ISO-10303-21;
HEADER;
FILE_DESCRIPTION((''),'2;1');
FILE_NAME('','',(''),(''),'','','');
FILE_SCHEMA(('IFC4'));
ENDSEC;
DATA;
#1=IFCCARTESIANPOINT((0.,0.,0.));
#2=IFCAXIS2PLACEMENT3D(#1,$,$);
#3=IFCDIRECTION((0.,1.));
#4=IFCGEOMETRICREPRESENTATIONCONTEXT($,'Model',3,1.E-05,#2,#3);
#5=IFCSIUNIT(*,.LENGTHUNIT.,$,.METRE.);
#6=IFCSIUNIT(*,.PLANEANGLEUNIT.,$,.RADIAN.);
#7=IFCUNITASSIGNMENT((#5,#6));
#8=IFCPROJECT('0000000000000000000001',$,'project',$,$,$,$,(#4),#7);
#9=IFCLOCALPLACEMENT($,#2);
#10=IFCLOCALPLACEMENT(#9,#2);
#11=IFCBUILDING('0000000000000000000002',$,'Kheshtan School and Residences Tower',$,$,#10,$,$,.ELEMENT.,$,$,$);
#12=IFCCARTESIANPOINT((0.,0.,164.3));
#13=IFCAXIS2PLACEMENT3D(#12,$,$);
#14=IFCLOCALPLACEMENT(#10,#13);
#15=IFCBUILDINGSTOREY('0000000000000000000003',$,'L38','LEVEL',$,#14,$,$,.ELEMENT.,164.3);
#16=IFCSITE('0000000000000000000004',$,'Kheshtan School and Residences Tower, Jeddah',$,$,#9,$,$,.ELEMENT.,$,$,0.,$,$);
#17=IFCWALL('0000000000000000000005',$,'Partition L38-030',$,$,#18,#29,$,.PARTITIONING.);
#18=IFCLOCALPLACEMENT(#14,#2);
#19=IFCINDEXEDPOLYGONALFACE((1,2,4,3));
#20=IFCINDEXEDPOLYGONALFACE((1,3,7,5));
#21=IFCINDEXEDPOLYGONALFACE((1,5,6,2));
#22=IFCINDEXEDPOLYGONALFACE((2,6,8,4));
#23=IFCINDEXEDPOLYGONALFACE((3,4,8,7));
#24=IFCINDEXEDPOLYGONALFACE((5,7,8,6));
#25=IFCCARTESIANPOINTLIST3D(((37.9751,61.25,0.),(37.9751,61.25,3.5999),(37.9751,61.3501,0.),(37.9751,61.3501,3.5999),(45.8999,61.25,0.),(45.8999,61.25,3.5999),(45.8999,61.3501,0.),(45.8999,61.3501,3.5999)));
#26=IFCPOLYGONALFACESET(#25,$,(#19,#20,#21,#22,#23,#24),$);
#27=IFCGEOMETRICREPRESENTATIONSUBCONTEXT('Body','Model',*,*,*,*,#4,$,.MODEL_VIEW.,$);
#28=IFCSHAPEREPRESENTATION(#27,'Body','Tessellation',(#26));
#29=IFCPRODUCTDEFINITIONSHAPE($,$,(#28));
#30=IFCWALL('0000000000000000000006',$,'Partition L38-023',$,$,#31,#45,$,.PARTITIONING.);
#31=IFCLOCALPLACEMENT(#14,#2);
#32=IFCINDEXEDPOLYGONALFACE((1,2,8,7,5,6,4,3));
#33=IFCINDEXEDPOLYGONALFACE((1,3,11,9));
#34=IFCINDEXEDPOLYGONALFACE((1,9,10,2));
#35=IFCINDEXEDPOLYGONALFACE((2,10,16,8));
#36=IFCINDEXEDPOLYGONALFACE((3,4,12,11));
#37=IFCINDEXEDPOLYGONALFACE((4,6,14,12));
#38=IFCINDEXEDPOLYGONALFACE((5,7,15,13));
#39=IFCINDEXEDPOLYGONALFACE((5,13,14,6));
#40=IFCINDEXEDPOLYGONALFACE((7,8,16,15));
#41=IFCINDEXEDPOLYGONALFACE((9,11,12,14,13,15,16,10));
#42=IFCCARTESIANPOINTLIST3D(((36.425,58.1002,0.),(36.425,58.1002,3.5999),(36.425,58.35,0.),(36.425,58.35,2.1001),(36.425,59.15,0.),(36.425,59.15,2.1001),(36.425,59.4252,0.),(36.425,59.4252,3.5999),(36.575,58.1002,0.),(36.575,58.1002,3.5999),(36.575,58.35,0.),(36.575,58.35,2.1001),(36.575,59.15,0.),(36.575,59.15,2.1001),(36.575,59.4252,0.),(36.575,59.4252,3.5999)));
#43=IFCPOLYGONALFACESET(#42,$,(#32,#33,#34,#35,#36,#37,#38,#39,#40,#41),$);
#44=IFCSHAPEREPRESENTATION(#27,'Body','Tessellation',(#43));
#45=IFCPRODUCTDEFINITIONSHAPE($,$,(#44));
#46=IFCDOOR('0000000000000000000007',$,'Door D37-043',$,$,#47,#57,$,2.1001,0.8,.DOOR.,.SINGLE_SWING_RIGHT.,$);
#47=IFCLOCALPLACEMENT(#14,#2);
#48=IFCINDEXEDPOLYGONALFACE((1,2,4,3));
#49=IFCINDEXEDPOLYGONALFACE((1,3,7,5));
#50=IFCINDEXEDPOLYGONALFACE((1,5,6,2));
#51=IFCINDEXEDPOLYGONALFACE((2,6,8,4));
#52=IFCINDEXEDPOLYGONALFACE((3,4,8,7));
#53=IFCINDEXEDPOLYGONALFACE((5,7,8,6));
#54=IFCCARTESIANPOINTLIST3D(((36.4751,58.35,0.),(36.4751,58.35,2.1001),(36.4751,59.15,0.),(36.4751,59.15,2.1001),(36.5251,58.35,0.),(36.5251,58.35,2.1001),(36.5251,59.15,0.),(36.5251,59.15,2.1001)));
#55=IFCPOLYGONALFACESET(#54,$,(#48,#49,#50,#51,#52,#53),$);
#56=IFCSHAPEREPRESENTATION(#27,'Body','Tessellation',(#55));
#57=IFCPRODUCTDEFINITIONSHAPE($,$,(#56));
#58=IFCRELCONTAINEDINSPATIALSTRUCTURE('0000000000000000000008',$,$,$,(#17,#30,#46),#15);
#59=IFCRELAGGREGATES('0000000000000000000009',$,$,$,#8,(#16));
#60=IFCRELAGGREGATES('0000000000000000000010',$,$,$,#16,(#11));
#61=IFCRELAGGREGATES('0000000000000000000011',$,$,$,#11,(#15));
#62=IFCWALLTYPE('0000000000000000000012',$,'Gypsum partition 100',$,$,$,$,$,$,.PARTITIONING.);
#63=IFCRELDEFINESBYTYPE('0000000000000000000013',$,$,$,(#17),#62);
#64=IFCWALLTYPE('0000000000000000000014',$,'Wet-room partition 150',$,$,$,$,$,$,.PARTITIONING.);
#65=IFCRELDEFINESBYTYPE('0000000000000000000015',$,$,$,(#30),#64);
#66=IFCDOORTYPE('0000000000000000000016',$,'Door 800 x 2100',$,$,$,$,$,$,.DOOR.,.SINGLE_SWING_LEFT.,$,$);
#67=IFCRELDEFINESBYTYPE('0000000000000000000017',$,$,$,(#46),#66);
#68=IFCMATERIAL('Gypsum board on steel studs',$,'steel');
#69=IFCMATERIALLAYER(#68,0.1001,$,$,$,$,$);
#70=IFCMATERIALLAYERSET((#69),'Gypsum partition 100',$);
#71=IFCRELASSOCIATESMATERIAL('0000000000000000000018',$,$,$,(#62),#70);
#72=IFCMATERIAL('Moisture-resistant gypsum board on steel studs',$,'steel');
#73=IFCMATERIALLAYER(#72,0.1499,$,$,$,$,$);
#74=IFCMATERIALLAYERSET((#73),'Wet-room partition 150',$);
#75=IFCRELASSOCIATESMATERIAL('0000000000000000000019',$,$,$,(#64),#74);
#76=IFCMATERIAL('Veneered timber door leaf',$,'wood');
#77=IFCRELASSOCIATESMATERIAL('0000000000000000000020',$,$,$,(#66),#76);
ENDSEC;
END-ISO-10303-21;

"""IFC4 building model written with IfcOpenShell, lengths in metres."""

from ifc_helpers import new_model, si_unit, direction, frame, frame_2d, origin, place, context, subcontext, project, spatial, rectangle, extrude, source, transform, mapped, material, layer, layer_set, type_object, element, fill, save


model = new_model("IFC4")

# Units and contexts
model_context = context("Model", 3, precision=1e-05, world=origin(), true_north=direction((0.0, 1.0)))
body_context = subcontext(model_context, "Body", "Model", "MODEL_VIEW")
ifc_project = project(units=[si_unit("LENGTHUNIT", "METRE"), si_unit("PLANEANGLEUNIT", "RADIAN")], contexts=[model_context])

# Site, building, storey
site_placement = place(None, origin())
site = spatial("IfcSite", under=ifc_project, at=site_placement, Name="Kheshtan School and Residences Tower, Jeddah", CompositionType="ELEMENT", RefElevation=0.0)
building_placement = place(site_placement, origin())
building = spatial("IfcBuilding", under=site, at=building_placement, Name="Kheshtan School and Residences Tower", CompositionType="ELEMENT")
storey_placement = place(building_placement, frame((0.0, 0.0, 164.3)))
storey = spatial("IfcBuildingStorey", under=building, at=storey_placement, Name="L38", Description="LEVEL", CompositionType="ELEMENT", Elevation=164.3)

# Wall
ifc_material_1 = material(Name="Gypsum board on steel studs", Category="steel")
ifc_layer_1 = layer(ifc_material_1, 0.1001)
ifc_layer_set_1 = layer_set([ifc_layer_1], Name="Gypsum partition 100")
wall_type_1 = type_object("IfcWallType", Name="Gypsum partition 100", PredefinedType="PARTITIONING", material=ifc_layer_set_1)
wall_1_placement = place(storey_placement, frame((37.9751, 61.3, 0.0), z_axis=(0.0, 0.0, 1.0), x_axis=(1.0, 0.0, 0.0)))
element("IfcWall", 1, at=wall_1_placement, inside=storey, type_object=wall_type_1, Name="Partition L38-030", PredefinedType="PARTITIONING", context=body_context, shape_type="SweptSolid", body=[
    extrude(rectangle(XDim=7.9248, YDim=0.1001, at=frame_2d((3.9624, 0.0))), origin(), (0.0, 0.0, 1.0), 3.5999),
])

# Wall, opening, door
ifc_material_2 = material(Name="Moisture-resistant gypsum board on steel studs", Category="steel")
ifc_layer_2 = layer(ifc_material_2, 0.1499)
ifc_layer_set_2 = layer_set([ifc_layer_2], Name="Wet-room partition 150")
wall_type_2 = type_object("IfcWallType", Name="Wet-room partition 150", PredefinedType="PARTITIONING", material=ifc_layer_set_2)
wall_2_placement = place(storey_placement, frame((36.5, 58.1001, 0.0), z_axis=(0.0, 0.0, 1.0), x_axis=(0.0, 1.0, 0.0)))
wall_2 = element("IfcWall", 2, at=wall_2_placement, inside=storey, type_object=wall_type_2, Name="Partition L38-023", PredefinedType="PARTITIONING", context=body_context, shape_type="SweptSolid", body=[
    extrude(rectangle(XDim=1.325, YDim=0.1499, at=frame_2d((0.6626, 0.0))), origin(), (0.0, 0.0, 1.0), 3.5999),
])
opening_1_placement = place(wall_2_placement, frame((0.25, 0.0, 0.0)))
opening_1 = element("IfcOpeningElement", 3, at=opening_1_placement, cuts=wall_2, PredefinedType="OPENING", context=body_context, shape_type="SweptSolid", body=[
    extrude(rectangle(XDim=0.8, YDim=2.1001, at=frame_2d((0.3999, 1.05))), frame((0.0, 0.085, 0.0), z_axis=(0.0, -1.0, 0.0), x_axis=(1.0, 0.0, 0.0)), (0.0, 0.0, 1.0), 0.1699),
])
ifc_material_3 = material(Name="Veneered timber door leaf", Category="wood")
door_type_1 = type_object("IfcDoorType", Name="Door 800 x 2100", OperationType="SINGLE_SWING_LEFT", PredefinedType="DOOR", material=ifc_material_3)
shared_shape_1 = source(origin(), body_context, "Body", "SweptSolid", [
    extrude(rectangle(XDim=0.8, YDim=2.1001, at=frame_2d((0.3999, 1.05))), frame((0.0, 0.0249, 0.0), z_axis=(0.0, -1.0, 0.0), x_axis=(1.0, 0.0, 0.0)), (0.0, 0.0, 1.0), 0.05),
])
door_1_placement = place(opening_1_placement, origin())
door_1 = element("IfcDoor", 4, at=door_1_placement, inside=storey, type_object=door_type_1, Name="Door D37-043", OperationType="SINGLE_SWING_RIGHT", OverallHeight=2.1001, OverallWidth=0.8, PredefinedType="DOOR", context=body_context, shape_type="MappedRepresentation", body=[
    mapped(shared_shape_1, transform((0.0, 0.0, 0.0), x_axis=(1.0, 0.0, 0.0), y_axis=(0.0, 1.0, 0.0), z_axis=(0.0, 0.0, 1.0), scale=1.0)),
])
fill(opening_1, door_1)

save(model, "model.ifc")
